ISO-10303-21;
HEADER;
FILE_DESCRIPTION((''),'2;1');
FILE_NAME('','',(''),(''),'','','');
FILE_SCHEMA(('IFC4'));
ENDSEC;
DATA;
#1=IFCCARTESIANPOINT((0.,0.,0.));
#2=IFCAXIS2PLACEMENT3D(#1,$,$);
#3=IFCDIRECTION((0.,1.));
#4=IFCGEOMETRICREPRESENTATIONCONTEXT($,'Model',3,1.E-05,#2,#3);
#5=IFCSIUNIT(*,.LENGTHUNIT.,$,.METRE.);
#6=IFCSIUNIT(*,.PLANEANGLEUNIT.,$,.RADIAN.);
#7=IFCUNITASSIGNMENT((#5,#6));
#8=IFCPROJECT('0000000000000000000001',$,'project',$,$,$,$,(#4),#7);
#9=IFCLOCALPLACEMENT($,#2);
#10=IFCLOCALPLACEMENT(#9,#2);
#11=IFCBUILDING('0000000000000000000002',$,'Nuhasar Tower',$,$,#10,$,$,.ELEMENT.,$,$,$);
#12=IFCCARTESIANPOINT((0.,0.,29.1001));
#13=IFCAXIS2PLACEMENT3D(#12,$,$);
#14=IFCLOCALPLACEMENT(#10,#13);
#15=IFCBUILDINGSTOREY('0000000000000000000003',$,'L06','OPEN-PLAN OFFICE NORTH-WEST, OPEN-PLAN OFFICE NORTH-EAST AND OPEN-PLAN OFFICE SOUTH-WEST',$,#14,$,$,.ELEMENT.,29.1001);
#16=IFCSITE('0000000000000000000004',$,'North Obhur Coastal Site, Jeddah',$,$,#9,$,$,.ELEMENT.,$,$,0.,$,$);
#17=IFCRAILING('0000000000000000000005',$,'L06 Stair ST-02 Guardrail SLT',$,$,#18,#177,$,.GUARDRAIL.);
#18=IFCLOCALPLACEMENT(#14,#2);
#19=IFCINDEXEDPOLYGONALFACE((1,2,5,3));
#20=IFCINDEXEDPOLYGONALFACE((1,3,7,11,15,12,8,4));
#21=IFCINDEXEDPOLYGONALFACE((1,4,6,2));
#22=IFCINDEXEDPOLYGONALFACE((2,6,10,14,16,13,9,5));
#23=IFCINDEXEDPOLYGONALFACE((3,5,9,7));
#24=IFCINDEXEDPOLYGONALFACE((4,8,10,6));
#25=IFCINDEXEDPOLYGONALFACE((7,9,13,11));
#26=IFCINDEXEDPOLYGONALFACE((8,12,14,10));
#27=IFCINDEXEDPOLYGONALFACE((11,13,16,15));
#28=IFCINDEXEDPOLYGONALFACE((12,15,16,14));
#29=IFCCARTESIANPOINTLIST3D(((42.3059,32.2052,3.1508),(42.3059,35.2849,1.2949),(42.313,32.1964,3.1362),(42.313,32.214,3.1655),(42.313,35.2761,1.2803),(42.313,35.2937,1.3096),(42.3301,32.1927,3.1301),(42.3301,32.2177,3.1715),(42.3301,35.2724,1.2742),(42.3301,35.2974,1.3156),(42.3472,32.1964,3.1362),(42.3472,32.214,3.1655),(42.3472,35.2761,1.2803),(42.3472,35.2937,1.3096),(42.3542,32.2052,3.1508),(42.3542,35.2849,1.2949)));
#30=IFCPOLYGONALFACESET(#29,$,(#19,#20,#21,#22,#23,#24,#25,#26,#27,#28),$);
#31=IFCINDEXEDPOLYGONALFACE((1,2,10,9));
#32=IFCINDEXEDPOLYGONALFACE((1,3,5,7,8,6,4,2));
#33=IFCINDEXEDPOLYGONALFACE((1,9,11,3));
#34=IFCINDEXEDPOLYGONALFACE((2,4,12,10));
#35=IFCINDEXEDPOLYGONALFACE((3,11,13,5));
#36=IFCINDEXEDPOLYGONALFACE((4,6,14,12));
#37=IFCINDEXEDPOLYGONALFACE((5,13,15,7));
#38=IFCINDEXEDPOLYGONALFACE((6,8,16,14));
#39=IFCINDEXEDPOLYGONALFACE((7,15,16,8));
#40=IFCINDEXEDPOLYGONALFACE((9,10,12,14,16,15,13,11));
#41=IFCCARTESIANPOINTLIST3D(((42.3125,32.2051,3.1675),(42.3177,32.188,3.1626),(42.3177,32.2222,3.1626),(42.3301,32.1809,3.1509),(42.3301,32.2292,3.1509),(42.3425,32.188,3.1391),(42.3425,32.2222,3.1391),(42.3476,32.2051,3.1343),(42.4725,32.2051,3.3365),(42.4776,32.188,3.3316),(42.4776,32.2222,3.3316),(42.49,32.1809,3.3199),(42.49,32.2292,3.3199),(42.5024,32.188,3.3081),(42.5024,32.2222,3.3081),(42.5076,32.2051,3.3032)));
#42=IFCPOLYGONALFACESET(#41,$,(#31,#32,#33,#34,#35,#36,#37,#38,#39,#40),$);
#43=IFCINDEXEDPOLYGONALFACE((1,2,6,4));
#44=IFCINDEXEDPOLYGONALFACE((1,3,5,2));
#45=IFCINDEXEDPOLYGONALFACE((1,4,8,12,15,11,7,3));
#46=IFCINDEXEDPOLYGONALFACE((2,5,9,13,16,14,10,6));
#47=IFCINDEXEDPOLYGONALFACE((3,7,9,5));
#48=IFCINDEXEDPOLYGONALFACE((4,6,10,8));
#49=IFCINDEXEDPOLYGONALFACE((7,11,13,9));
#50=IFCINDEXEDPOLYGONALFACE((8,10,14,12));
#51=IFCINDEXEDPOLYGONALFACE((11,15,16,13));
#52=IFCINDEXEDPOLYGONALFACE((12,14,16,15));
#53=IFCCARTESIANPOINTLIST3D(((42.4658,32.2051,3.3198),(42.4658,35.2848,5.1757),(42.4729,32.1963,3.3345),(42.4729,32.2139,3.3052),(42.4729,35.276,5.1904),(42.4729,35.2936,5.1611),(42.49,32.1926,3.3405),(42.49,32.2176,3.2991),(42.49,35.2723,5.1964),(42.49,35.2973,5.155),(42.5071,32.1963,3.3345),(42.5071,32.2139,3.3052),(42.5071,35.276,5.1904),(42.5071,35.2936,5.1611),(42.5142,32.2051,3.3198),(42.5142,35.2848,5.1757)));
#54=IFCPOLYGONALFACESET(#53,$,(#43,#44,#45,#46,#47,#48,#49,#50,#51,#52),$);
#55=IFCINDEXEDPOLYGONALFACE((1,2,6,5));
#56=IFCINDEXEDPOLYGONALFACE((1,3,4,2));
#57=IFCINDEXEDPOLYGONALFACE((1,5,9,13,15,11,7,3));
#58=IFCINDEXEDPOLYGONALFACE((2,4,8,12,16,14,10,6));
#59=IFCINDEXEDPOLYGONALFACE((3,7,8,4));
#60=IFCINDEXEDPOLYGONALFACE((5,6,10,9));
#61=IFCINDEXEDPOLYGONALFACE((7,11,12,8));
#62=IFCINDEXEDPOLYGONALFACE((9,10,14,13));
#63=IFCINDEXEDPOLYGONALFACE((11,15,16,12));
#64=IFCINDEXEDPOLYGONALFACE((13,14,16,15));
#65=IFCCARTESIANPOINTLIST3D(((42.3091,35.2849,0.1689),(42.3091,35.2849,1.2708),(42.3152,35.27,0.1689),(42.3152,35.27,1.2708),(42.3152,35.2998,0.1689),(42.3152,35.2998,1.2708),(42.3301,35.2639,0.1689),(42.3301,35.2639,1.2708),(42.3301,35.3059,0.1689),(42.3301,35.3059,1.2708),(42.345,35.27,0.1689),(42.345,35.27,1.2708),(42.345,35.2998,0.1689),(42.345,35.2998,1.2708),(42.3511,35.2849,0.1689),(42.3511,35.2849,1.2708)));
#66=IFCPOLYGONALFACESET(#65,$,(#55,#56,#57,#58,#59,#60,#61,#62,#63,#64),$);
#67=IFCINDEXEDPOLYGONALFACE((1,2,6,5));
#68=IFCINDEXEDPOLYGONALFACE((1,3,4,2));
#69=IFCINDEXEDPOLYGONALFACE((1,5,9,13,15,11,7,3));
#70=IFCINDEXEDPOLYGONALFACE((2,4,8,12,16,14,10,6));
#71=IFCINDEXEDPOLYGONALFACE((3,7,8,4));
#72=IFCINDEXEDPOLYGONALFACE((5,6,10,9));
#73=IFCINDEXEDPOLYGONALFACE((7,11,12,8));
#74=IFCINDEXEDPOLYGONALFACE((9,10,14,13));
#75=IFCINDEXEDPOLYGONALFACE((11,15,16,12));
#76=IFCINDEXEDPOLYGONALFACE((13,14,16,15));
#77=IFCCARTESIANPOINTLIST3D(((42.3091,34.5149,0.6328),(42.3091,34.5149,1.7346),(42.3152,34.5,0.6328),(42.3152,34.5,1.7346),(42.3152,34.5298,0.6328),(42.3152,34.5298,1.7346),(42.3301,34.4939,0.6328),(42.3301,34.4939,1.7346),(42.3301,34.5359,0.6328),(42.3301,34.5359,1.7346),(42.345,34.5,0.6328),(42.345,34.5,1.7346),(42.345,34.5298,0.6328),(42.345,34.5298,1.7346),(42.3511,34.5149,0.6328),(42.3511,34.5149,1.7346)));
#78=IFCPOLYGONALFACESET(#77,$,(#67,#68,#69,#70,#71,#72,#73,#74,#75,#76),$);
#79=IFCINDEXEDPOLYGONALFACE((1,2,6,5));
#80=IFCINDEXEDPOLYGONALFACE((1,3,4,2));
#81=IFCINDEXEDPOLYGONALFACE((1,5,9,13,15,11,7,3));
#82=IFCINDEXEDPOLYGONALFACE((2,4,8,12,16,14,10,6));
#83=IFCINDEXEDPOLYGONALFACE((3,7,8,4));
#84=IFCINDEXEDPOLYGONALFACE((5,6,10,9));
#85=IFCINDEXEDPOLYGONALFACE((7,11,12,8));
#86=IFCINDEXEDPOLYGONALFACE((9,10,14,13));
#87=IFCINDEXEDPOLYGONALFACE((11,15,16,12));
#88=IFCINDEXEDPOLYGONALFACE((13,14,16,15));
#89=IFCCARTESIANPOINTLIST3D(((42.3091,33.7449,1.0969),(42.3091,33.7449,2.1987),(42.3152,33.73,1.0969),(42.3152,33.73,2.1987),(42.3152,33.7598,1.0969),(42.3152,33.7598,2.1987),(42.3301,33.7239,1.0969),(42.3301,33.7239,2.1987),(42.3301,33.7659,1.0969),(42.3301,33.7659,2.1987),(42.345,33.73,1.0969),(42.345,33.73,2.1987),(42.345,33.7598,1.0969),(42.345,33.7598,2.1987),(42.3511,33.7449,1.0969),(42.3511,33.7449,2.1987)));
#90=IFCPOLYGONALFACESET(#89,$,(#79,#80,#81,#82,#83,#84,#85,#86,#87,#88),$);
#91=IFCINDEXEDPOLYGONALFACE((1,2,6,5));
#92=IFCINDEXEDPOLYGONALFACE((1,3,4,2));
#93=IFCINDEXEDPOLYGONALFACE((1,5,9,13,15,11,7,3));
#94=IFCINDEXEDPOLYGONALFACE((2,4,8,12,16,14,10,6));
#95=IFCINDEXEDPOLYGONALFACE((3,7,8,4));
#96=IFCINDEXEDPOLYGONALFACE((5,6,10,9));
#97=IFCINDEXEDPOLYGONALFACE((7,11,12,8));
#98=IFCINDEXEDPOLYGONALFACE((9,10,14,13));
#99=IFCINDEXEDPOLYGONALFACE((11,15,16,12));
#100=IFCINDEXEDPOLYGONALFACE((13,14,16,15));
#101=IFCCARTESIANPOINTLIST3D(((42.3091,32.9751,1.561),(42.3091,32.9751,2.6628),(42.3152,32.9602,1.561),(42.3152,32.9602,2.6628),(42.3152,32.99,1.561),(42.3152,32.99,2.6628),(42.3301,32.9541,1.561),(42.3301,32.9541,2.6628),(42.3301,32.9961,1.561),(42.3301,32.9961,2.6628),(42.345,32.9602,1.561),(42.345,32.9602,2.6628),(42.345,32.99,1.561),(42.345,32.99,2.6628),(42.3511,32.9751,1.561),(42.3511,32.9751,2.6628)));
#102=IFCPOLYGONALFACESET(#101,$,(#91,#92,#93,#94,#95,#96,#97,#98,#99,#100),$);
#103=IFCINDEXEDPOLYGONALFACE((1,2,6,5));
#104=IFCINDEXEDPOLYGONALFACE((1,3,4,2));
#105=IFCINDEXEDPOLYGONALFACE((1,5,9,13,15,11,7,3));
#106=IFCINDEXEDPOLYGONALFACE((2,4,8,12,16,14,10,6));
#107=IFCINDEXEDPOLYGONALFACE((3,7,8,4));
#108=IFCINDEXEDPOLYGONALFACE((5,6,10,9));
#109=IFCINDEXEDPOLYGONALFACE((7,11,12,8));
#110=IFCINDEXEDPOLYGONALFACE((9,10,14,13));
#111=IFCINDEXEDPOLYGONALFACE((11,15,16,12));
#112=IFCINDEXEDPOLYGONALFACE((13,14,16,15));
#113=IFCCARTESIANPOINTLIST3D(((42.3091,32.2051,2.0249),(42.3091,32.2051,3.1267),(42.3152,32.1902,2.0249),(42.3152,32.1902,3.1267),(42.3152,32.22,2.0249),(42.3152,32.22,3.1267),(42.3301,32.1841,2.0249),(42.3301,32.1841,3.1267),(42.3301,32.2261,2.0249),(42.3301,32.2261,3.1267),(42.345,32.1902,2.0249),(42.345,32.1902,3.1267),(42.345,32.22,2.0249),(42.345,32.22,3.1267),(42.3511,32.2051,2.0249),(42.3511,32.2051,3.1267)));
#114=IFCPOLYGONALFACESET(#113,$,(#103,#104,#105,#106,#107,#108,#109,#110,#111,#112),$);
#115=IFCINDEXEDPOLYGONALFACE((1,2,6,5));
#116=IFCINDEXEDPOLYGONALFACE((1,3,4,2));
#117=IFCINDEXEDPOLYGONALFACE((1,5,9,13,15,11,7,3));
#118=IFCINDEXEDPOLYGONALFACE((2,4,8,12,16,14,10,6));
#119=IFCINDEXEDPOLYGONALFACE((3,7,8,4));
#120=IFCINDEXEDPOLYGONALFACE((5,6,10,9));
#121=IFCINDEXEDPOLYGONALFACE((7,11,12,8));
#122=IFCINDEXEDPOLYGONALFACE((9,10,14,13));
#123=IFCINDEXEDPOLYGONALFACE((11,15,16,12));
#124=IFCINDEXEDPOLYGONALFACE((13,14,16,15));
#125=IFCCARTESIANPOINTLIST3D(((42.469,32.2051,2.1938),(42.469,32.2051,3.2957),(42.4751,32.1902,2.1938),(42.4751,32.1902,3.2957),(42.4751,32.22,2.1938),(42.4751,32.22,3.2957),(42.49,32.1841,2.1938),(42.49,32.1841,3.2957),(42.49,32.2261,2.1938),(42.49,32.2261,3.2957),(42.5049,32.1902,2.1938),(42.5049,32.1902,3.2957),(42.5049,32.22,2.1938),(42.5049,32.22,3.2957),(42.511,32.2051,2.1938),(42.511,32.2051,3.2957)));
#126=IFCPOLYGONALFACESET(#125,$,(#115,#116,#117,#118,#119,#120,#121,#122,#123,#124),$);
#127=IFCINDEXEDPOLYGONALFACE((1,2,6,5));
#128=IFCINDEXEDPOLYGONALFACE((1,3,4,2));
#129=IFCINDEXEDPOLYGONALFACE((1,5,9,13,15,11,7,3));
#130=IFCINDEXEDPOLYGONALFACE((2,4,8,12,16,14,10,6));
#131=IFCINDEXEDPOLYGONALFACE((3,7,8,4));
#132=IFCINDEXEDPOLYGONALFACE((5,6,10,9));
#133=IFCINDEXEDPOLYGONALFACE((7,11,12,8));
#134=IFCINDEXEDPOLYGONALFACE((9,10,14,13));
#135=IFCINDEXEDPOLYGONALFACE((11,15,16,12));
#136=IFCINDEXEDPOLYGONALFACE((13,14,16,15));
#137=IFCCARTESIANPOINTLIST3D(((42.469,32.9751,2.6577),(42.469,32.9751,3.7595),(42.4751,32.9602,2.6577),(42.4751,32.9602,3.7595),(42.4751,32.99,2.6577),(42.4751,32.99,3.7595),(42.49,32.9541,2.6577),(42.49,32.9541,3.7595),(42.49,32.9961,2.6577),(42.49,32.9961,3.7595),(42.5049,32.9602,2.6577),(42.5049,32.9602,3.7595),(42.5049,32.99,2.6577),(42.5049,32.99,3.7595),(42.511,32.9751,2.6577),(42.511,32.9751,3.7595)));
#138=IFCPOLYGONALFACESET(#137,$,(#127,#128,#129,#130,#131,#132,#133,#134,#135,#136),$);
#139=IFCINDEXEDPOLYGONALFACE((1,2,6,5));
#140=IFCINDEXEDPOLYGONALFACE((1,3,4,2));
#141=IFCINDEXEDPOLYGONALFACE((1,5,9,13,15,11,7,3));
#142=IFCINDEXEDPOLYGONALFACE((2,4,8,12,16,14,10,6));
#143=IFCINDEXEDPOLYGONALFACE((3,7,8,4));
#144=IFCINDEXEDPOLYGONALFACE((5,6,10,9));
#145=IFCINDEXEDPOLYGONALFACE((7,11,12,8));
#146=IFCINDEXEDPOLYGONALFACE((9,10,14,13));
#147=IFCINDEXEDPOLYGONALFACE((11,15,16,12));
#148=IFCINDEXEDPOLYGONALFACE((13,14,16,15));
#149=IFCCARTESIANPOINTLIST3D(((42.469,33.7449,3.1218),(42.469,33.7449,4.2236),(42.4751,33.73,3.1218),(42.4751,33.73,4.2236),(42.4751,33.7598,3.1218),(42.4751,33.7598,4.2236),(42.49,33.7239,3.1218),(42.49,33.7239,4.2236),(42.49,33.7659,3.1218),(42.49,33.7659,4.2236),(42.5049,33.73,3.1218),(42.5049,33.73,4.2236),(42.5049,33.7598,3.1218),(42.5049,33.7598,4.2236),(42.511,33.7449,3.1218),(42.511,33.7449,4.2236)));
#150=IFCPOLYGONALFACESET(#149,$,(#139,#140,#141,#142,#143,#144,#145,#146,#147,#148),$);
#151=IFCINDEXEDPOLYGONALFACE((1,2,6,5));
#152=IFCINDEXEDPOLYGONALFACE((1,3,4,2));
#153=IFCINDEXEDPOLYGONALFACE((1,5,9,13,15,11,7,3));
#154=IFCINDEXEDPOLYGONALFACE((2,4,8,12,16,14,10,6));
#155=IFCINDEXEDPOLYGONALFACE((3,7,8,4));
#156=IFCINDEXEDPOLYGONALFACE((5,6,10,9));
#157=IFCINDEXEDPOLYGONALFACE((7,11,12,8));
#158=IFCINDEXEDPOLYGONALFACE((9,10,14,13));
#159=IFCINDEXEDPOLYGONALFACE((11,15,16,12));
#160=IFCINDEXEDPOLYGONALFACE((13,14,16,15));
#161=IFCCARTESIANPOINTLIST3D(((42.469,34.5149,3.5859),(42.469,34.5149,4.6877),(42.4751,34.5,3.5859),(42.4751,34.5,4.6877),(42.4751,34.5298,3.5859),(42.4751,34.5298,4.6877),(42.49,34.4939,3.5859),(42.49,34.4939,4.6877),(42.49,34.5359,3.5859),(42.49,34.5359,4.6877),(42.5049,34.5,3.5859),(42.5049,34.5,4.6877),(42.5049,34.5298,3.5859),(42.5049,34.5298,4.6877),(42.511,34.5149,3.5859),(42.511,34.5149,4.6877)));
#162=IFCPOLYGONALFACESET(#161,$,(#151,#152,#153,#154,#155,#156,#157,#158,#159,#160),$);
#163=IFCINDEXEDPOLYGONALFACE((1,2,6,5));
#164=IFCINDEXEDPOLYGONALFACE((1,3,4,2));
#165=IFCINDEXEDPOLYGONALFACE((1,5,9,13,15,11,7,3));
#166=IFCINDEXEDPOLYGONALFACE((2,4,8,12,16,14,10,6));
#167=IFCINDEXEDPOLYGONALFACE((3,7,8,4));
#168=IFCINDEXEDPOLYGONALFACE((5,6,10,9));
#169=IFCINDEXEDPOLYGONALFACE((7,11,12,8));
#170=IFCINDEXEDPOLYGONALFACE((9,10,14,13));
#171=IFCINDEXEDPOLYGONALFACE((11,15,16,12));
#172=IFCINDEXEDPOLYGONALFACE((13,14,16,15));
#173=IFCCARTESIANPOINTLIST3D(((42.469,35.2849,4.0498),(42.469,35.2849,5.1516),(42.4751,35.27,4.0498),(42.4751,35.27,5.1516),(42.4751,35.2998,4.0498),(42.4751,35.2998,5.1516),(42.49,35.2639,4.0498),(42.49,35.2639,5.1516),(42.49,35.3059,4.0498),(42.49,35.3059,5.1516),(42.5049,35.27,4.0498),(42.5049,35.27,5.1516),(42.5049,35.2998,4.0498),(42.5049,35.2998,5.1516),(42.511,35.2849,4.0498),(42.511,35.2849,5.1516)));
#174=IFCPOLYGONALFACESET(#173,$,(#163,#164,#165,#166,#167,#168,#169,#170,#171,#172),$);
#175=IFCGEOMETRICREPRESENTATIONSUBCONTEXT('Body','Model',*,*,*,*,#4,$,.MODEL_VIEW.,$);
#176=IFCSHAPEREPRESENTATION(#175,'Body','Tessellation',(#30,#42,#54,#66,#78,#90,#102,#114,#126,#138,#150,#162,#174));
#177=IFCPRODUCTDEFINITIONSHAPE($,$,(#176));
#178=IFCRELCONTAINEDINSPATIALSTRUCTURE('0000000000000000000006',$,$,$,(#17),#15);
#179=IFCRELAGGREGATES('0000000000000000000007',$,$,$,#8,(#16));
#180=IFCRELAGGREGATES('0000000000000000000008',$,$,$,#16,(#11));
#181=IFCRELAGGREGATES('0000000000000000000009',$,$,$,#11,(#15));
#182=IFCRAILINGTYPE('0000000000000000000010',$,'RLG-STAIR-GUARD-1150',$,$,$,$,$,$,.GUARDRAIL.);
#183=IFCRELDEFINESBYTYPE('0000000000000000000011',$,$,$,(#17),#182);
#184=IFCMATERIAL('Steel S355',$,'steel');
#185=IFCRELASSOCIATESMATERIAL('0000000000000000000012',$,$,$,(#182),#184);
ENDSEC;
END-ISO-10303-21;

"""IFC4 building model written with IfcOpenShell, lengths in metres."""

from ifc_helpers import new_model, si_unit, direction, frame, origin, place, context, subcontext, project, spatial, polyline, outline, extrude, material, type_object, element, save


model = new_model("IFC4")

# Units and contexts
model_context = context("Model", 3, precision=1e-05, world=origin(), true_north=direction((0.0, 1.0)))
body_context = subcontext(model_context, "Body", "Model", "MODEL_VIEW")
ifc_project = project(units=[si_unit("LENGTHUNIT", "METRE"), si_unit("PLANEANGLEUNIT", "RADIAN")], contexts=[model_context])

# Site, building, storey
site_placement = place(None, origin())
site = spatial("IfcSite", under=ifc_project, at=site_placement, Name="North Obhur Coastal Site, Jeddah", CompositionType="ELEMENT", RefElevation=0.0)
building_placement = place(site_placement, origin())
building = spatial("IfcBuilding", under=site, at=building_placement, Name="Nuhasar Tower", CompositionType="ELEMENT")
storey_placement = place(building_placement, frame((0.0, 0.0, 29.1001)))
storey = spatial("IfcBuildingStorey", under=building, at=storey_placement, Name="L06", Description="OPEN-PLAN OFFICE NORTH-WEST, OPEN-PLAN OFFICE NORTH-EAST AND OPEN-PLAN OFFICE SOUTH-WEST", CompositionType="ELEMENT", Elevation=29.1001)

# Shared definitions
ifc_material_1 = material(Name="Steel S355", Category="steel")

# Railing
railing_type_1 = type_object("IfcRailingType", Name="RLG-STAIR-GUARD-1150", PredefinedType="GUARDRAIL", material=ifc_material_1)
railing_1_placement = place(storey_placement, frame((42.3301, 35.2849, 0.1689)))
element("IfcRailing", 1, at=railing_1_placement, inside=storey, type_object=railing_type_1, Name="L06 Stair ST-02 Guardrail SLT", PredefinedType="GUARDRAIL", context=body_context, shape_type="SweptSolid", body=[
    extrude(outline(polyline([(0.0242, 0.0), (0.0171, 0.0171), (0.0, 0.0242), (-0.0171, 0.0171), (-0.0242, 0.0), (-0.0171, -0.0171), (0.0, -0.0242), (0.0171, -0.0171), (0.0242, 0.0)])), frame((0.0, 0.0, 1.126), z_axis=(0.0, -0.856503, 0.516142), x_axis=(1.0, 0.0, 0.0)), (0.0, 0.0, 1.0), 3.5957),
    extrude(outline(polyline([(0.0242, 0.0), (0.0171, 0.0171), (0.0, 0.0242), (-0.0171, 0.0171), (-0.0242, 0.0), (-0.0171, -0.0171), (0.0, -0.0242), (0.0171, -0.0171), (0.0242, 0.0)])), frame((0.0, -3.0798, 2.9819), z_axis=(0.687424, 0.0, 0.726256), x_axis=(0.0, 1.0, 0.0)), (0.0, 0.0, 1.0), 0.2327),
    extrude(outline(polyline([(0.0242, 0.0), (0.0171, 0.0171), (0.0, 0.0242), (-0.0171, 0.0171), (-0.0242, 0.0), (-0.0171, -0.0171), (0.0, -0.0242), (0.0171, -0.0171), (0.0242, 0.0)])), frame((0.1599, -3.0798, 3.1509), z_axis=(0.0, 0.856503, 0.516142), x_axis=(-1.0, 0.0, 0.0)), (0.0, 0.0, 1.0), 3.5957),
    extrude(outline(polyline([(0.021, 0.0), (0.0149, 0.0149), (0.0, 0.021), (-0.0149, 0.0149), (-0.021, 0.0), (-0.0149, -0.0149), (0.0, -0.021), (0.0149, -0.0149), (0.021, 0.0)])), origin(), (0.0, 0.0, 1.0), 1.1018),
    extrude(outline(polyline([(0.021, 0.0), (0.0149, 0.0149), (0.0, 0.021), (-0.0149, 0.0149), (-0.021, 0.0), (-0.0149, -0.0149), (0.0, -0.021), (0.0149, -0.0149), (0.021, 0.0)])), frame((0.0, -0.77, 0.4639)), (0.0, 0.0, 1.0), 1.1018),
    extrude(outline(polyline([(0.021, 0.0), (0.0149, 0.0149), (0.0, 0.021), (-0.0149, 0.0149), (-0.021, 0.0), (-0.0149, -0.0149), (0.0, -0.021), (0.0149, -0.0149), (0.021, 0.0)])), frame((0.0, -1.54, 0.928)), (0.0, 0.0, 1.0), 1.1018),
    extrude(outline(polyline([(0.021, 0.0), (0.0149, 0.0149), (0.0, 0.021), (-0.0149, 0.0149), (-0.021, 0.0), (-0.0149, -0.0149), (0.0, -0.021), (0.0149, -0.0149), (0.021, 0.0)])), frame((0.0, -2.3098, 1.3921)), (0.0, 0.0, 1.0), 1.1018),
    extrude(outline(polyline([(0.021, 0.0), (0.0149, 0.0149), (0.0, 0.021), (-0.0149, 0.0149), (-0.021, 0.0), (-0.0149, -0.0149), (0.0, -0.021), (0.0149, -0.0149), (0.021, 0.0)])), frame((0.0, -3.0798, 1.856)), (0.0, 0.0, 1.0), 1.1018),
    extrude(outline(polyline([(0.021, 0.0), (0.0149, 0.0149), (0.0, 0.021), (-0.0149, 0.0149), (-0.021, 0.0), (-0.0149, -0.0149), (0.0, -0.021), (0.0149, -0.0149), (0.021, 0.0)])), frame((0.1599, -3.0798, 2.0249)), (0.0, 0.0, 1.0), 1.1018),
    extrude(outline(polyline([(0.021, 0.0), (0.0149, 0.0149), (0.0, 0.021), (-0.0149, 0.0149), (-0.021, 0.0), (-0.0149, -0.0149), (0.0, -0.021), (0.0149, -0.0149), (0.021, 0.0)])), frame((0.1599, -2.3098, 2.4888)), (0.0, 0.0, 1.0), 1.1018),
    extrude(outline(polyline([(0.021, 0.0), (0.0149, 0.0149), (0.0, 0.021), (-0.0149, 0.0149), (-0.021, 0.0), (-0.0149, -0.0149), (0.0, -0.021), (0.0149, -0.0149), (0.021, 0.0)])), frame((0.1599, -1.54, 2.9529)), (0.0, 0.0, 1.0), 1.1018),
    extrude(outline(polyline([(0.021, 0.0), (0.0149, 0.0149), (0.0, 0.021), (-0.0149, 0.0149), (-0.021, 0.0), (-0.0149, -0.0149), (0.0, -0.021), (0.0149, -0.0149), (0.021, 0.0)])), frame((0.1599, -0.77, 3.417)), (0.0, 0.0, 1.0), 1.1018),
    extrude(outline(polyline([(0.021, 0.0), (0.0149, 0.0149), (0.0, 0.021), (-0.0149, 0.0149), (-0.021, 0.0), (-0.0149, -0.0149), (0.0, -0.021), (0.0149, -0.0149), (0.021, 0.0)])), frame((0.1599, 0.0, 3.8809)), (0.0, 0.0, 1.0), 1.1018),
])

save(model, "model.ifc")
